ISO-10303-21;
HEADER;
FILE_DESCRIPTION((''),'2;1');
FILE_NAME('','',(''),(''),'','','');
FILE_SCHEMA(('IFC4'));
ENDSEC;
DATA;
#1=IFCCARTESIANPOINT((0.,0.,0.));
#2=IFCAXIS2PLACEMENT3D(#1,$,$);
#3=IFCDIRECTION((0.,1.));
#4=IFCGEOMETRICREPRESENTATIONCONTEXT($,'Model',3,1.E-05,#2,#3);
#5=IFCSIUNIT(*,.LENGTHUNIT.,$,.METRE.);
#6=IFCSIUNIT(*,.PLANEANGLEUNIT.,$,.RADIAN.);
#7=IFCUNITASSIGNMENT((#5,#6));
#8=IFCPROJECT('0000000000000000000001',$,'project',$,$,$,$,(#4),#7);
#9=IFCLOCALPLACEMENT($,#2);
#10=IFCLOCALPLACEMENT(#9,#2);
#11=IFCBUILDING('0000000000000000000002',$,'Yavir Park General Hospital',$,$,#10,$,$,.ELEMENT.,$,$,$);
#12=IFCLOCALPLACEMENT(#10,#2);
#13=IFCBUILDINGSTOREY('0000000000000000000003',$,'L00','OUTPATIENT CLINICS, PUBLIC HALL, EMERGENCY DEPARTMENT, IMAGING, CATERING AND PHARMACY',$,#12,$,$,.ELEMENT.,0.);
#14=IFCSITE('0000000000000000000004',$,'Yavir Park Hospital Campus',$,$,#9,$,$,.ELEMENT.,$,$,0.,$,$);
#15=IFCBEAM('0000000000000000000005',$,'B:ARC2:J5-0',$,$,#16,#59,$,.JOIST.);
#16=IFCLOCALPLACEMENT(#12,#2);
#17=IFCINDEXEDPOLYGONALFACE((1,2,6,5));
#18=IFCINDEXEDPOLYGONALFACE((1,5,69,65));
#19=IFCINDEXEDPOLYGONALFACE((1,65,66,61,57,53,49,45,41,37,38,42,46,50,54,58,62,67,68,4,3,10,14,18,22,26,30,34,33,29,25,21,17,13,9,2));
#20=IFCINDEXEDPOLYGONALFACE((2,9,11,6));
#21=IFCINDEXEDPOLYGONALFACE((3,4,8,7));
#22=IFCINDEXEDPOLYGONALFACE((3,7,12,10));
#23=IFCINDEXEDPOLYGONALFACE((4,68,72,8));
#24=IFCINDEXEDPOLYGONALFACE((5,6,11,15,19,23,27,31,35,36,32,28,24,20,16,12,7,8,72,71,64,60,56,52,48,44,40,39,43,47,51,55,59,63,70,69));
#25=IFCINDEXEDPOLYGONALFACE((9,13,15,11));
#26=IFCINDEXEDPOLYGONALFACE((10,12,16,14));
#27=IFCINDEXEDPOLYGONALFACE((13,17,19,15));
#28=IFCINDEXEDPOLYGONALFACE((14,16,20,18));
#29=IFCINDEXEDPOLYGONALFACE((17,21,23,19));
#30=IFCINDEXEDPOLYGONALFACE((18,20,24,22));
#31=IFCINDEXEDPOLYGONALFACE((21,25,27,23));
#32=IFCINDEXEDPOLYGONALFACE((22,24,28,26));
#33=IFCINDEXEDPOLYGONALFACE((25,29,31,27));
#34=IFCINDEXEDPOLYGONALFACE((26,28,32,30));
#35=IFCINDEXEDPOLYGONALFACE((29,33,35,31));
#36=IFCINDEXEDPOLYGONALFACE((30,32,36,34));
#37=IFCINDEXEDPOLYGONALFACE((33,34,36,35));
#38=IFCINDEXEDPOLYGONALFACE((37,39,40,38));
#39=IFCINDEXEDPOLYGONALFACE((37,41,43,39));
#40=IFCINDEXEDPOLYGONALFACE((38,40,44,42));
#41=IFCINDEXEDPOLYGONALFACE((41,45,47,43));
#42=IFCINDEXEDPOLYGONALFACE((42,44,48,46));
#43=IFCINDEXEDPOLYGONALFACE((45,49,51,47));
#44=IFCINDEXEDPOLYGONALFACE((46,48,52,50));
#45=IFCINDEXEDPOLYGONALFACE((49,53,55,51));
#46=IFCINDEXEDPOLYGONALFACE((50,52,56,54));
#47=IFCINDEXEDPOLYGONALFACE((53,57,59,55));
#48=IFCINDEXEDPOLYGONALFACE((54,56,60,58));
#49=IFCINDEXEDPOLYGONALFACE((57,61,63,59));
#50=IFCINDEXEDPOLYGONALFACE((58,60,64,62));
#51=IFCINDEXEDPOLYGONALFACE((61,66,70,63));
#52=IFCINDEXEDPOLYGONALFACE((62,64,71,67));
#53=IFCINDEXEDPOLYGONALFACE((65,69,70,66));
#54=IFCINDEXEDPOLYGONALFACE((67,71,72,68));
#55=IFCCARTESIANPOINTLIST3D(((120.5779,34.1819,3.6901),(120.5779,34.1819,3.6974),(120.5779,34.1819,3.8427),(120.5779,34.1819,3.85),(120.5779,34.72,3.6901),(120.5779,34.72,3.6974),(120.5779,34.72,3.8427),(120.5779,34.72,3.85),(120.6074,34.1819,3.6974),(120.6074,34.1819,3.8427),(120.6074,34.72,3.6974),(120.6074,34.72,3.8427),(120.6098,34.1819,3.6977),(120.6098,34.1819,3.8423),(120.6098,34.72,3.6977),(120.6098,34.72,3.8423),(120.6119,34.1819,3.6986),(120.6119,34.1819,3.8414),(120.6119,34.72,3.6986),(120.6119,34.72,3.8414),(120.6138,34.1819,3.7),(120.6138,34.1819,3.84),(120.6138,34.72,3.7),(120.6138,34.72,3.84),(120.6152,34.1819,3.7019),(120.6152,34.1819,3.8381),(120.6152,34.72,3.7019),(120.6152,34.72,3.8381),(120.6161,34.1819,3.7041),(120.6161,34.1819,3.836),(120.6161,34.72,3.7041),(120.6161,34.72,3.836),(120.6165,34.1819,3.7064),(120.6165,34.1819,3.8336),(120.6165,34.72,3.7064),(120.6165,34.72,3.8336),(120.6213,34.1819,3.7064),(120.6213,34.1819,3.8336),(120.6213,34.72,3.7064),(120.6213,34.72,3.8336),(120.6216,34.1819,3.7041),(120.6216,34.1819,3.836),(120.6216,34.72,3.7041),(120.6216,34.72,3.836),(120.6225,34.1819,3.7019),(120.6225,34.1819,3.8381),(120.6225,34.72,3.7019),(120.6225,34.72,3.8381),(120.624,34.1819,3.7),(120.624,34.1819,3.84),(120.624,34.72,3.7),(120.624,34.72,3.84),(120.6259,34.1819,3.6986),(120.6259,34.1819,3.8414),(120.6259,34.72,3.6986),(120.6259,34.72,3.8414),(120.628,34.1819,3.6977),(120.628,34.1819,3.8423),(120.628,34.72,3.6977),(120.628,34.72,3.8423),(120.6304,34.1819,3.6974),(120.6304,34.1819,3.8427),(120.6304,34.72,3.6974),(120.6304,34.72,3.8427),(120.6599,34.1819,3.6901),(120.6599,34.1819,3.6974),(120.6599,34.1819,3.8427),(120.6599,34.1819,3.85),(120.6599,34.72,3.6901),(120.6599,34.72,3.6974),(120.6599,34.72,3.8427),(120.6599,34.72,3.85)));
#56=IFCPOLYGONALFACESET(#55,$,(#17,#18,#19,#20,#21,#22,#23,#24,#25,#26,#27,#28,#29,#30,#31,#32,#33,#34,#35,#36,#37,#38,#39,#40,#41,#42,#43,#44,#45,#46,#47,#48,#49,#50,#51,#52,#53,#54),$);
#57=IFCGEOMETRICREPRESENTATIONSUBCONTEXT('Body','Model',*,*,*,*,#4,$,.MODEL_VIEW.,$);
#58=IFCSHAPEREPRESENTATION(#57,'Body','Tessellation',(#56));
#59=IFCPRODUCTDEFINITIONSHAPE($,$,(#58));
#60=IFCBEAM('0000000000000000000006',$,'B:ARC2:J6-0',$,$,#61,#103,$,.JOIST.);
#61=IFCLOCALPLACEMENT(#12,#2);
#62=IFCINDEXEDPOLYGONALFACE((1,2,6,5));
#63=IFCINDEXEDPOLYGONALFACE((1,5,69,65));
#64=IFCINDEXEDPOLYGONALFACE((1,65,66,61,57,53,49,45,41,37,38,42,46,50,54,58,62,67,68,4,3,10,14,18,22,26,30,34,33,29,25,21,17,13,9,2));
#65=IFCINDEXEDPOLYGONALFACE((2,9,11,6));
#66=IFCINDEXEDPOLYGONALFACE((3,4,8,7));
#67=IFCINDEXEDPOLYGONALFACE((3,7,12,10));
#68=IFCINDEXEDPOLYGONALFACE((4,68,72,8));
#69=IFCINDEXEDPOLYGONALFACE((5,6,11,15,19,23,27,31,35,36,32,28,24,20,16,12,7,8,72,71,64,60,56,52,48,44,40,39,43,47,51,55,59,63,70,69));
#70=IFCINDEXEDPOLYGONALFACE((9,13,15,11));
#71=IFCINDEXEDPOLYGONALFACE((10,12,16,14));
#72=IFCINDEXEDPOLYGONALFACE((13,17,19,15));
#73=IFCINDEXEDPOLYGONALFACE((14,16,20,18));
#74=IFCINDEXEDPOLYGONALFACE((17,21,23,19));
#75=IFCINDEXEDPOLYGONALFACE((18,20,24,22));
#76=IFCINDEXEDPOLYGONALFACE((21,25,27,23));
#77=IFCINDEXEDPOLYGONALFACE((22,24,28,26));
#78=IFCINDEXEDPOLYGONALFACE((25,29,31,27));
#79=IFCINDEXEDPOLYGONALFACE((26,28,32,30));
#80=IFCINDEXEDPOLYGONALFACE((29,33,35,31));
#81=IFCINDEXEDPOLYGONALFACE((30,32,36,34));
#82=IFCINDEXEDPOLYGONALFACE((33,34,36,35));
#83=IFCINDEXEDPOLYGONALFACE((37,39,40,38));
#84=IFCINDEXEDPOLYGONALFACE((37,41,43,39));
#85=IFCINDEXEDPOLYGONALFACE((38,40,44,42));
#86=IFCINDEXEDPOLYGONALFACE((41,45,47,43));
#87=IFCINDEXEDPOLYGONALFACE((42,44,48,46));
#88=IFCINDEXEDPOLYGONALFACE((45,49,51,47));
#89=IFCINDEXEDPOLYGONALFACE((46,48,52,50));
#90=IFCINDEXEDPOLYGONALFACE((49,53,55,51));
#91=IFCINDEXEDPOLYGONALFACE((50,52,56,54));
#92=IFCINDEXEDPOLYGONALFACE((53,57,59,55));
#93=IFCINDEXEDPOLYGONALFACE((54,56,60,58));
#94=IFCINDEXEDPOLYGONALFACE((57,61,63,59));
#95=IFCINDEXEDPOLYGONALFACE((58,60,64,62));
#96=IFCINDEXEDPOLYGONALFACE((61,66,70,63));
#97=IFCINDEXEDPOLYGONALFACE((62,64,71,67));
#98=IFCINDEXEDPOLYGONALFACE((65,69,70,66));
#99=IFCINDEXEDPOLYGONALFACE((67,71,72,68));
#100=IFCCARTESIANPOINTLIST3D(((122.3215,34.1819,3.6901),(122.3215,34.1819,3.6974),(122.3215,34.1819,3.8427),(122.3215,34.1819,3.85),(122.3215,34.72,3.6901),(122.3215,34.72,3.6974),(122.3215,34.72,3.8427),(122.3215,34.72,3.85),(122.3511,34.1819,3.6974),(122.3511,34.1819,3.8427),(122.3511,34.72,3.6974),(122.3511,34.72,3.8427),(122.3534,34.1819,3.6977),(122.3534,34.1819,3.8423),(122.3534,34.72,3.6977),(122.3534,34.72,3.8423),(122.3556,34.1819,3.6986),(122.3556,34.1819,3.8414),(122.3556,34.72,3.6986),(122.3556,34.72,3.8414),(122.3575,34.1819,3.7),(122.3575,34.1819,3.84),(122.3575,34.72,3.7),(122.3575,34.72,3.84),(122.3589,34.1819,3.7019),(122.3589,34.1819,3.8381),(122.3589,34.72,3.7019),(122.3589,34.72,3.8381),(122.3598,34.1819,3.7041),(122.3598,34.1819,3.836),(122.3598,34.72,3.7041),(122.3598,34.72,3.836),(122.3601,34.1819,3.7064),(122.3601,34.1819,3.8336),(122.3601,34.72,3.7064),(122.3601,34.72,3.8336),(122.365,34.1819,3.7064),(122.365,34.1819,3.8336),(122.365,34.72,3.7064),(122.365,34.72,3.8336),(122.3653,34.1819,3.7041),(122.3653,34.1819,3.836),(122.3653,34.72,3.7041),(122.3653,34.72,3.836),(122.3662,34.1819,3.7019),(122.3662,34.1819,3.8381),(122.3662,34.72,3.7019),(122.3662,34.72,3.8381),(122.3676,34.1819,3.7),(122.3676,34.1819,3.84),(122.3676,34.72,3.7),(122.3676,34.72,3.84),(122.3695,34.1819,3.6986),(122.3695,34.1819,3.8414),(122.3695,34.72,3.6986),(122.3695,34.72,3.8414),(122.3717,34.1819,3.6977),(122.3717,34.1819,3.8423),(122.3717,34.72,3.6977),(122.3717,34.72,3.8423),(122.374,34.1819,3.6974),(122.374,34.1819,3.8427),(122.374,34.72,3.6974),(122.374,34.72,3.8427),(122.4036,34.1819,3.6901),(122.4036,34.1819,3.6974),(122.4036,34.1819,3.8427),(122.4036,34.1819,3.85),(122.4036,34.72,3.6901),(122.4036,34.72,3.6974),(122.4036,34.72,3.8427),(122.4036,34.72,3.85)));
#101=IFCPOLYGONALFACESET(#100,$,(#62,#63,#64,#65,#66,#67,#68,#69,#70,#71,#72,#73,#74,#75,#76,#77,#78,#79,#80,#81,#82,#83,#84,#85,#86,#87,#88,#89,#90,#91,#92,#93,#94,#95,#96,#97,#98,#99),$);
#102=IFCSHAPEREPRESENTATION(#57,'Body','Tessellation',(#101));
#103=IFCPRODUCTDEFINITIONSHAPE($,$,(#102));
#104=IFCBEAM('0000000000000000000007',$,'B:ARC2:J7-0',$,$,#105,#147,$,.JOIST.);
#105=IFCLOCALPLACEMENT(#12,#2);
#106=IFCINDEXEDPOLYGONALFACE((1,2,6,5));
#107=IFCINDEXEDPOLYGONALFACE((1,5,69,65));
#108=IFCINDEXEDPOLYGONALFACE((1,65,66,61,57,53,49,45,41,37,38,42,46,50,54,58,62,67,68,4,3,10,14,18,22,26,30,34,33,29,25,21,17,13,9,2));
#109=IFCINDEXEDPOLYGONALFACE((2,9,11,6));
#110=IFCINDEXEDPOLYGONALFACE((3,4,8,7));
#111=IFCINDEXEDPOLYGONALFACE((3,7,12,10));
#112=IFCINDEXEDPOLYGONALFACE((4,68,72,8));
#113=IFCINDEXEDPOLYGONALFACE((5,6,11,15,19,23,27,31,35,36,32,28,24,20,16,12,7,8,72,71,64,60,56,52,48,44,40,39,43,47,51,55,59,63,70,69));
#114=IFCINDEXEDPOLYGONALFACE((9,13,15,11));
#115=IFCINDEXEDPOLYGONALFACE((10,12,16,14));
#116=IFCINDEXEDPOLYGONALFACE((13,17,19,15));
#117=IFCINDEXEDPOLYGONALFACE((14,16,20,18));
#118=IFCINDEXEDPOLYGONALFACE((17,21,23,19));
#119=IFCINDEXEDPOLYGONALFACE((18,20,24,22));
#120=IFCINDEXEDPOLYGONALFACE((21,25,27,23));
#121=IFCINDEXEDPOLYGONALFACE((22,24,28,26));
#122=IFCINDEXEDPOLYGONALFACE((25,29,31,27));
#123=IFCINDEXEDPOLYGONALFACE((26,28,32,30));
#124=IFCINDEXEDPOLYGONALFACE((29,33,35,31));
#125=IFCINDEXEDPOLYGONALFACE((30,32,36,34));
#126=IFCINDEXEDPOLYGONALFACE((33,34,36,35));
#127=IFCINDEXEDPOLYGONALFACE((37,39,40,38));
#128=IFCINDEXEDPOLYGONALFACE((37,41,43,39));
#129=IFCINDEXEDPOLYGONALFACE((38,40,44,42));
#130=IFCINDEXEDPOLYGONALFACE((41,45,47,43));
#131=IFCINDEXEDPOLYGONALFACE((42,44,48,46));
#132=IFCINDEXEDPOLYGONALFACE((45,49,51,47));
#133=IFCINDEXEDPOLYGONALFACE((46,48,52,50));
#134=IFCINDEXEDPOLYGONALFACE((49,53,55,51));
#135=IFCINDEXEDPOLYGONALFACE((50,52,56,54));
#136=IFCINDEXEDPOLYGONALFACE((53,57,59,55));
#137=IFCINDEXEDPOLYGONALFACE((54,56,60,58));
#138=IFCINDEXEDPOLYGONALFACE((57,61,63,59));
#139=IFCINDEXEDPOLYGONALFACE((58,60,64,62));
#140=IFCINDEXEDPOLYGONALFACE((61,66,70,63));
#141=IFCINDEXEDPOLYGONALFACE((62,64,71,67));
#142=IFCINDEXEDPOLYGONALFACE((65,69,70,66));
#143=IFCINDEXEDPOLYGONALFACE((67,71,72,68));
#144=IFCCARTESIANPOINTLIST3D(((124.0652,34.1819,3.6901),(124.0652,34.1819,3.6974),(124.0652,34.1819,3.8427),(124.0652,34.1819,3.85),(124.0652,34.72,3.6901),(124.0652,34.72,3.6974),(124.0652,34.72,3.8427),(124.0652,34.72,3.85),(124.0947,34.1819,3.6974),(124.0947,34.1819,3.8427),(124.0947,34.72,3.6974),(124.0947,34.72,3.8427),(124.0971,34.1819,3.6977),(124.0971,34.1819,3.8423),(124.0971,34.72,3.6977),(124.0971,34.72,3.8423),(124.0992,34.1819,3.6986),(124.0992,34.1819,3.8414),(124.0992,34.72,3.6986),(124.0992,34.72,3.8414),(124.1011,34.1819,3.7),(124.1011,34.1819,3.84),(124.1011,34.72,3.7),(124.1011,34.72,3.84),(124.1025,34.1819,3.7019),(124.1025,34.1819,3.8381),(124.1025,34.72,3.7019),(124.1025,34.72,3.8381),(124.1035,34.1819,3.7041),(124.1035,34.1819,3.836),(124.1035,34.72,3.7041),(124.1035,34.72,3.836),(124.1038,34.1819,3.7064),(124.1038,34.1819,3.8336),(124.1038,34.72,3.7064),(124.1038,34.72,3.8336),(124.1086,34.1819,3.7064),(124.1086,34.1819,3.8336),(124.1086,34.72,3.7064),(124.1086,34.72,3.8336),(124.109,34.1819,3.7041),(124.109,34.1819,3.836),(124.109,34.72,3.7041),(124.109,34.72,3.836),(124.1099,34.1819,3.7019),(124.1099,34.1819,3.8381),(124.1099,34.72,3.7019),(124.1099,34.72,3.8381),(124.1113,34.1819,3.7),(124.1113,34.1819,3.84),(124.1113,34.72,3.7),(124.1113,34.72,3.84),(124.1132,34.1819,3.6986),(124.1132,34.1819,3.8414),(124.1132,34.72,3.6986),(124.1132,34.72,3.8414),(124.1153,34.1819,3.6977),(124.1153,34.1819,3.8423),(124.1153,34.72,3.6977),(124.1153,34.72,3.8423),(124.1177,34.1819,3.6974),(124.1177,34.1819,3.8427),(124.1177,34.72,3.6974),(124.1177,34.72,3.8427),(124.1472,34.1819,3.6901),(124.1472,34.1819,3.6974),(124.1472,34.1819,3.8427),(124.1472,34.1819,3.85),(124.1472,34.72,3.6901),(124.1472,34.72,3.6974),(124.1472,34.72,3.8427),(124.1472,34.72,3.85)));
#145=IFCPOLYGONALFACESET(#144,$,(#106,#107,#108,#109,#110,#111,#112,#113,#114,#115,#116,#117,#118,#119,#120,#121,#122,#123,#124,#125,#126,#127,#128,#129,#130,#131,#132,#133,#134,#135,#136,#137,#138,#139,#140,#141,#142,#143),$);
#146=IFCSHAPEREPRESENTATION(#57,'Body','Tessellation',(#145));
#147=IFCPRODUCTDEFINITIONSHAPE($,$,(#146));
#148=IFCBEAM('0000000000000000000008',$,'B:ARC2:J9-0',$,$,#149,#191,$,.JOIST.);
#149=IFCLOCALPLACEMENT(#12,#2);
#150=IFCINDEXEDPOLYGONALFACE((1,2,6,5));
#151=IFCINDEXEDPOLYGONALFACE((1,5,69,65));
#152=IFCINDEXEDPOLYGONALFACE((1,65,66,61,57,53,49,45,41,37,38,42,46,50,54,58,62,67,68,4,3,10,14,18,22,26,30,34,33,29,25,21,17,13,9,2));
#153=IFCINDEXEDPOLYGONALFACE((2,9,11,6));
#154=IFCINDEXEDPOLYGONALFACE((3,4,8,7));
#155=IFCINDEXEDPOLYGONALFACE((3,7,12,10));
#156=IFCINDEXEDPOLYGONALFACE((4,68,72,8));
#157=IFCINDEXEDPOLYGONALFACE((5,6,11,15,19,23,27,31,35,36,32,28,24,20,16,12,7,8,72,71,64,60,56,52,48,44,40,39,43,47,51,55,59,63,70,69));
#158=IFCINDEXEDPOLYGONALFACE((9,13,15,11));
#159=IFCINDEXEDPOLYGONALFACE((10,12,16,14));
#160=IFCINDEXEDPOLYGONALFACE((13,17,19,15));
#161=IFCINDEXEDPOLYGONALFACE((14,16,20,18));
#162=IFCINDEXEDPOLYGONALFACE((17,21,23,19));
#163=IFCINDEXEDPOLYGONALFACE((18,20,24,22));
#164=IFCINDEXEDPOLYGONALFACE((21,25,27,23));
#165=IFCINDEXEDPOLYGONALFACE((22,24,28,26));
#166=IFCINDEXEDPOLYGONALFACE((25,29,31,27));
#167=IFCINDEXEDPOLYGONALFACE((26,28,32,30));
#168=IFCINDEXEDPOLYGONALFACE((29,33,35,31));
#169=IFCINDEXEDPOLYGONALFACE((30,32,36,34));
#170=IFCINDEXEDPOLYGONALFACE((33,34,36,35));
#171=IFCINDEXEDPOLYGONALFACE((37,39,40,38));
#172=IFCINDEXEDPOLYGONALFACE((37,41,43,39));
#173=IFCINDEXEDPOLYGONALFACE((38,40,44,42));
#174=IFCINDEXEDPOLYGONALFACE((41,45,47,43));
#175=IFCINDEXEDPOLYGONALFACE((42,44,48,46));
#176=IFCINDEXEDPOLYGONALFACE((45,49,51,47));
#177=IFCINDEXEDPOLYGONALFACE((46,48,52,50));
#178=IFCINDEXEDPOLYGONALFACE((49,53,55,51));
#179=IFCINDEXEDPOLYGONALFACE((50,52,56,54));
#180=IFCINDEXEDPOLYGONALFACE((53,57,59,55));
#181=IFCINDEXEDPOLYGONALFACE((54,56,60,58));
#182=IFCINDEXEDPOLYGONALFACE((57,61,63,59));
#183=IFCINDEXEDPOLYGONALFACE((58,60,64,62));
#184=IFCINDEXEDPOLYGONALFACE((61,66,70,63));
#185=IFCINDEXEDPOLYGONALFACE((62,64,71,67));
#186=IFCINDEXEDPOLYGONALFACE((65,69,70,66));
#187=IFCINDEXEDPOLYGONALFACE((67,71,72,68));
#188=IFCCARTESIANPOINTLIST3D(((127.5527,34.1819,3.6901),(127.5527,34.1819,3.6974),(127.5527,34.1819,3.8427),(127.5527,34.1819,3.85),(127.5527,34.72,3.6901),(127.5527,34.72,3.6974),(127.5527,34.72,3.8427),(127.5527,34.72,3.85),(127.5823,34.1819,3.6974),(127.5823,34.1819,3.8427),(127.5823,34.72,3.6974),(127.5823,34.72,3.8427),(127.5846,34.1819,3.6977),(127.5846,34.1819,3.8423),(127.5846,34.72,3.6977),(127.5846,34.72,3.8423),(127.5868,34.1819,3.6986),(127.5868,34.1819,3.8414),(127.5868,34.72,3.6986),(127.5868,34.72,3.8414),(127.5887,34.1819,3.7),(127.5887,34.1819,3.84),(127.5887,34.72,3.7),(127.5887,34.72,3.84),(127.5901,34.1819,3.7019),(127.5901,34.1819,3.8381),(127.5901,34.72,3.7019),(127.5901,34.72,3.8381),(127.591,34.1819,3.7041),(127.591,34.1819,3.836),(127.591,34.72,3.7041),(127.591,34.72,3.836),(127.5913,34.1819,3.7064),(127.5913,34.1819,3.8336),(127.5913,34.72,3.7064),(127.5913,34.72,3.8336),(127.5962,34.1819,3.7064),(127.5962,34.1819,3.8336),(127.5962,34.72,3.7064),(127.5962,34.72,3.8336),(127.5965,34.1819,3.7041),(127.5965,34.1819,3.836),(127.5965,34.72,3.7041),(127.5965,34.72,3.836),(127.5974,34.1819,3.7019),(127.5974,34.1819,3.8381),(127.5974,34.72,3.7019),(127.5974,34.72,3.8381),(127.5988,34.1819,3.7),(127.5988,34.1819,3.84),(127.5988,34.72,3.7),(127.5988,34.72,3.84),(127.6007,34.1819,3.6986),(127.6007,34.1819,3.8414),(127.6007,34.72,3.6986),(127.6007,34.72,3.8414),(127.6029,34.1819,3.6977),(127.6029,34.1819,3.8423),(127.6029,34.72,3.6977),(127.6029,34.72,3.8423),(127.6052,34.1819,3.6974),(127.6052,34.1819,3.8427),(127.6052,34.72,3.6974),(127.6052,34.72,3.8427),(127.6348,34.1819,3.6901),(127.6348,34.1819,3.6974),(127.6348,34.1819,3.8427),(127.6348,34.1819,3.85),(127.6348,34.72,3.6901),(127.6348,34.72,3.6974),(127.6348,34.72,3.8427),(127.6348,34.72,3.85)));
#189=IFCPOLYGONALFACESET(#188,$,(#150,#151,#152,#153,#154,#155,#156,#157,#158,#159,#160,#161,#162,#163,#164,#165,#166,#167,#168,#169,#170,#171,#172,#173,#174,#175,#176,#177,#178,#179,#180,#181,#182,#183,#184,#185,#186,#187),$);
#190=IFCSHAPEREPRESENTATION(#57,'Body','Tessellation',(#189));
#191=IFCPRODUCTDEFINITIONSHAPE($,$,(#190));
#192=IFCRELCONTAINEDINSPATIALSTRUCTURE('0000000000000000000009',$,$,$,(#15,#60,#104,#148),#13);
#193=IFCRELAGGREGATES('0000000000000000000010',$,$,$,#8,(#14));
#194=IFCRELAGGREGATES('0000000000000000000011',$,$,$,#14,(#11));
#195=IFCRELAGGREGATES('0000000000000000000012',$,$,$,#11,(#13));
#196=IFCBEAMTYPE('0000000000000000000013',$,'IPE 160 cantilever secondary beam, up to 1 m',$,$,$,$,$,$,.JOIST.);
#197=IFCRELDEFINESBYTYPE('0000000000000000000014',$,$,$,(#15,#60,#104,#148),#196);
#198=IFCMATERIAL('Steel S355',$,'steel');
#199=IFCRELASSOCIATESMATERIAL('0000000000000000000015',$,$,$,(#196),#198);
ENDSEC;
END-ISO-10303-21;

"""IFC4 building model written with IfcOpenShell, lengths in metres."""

from ifc_helpers import new_model, si_unit, direction, frame, origin, origin_2d, place, context, subcontext, project, spatial, i_section, extrude, material, material_profile, profile_set, type_object, element, save


model = new_model("IFC4")

# Units and contexts
model_context = context("Model", 3, precision=1e-05, world=origin(), true_north=direction((0.0, 1.0)))
body_context = subcontext(model_context, "Body", "Model", "MODEL_VIEW")
ifc_project = project(units=[si_unit("LENGTHUNIT", "METRE"), si_unit("PLANEANGLEUNIT", "RADIAN")], contexts=[model_context])

# Site, building, storey
site_placement = place(None, origin())
site = spatial("IfcSite", under=ifc_project, at=site_placement, Name="Yavir Park Hospital Campus", CompositionType="ELEMENT", RefElevation=0.0)
building_placement = place(site_placement, origin())
building = spatial("IfcBuilding", under=site, at=building_placement, Name="Yavir Park General Hospital", CompositionType="ELEMENT")
storey_placement = place(building_placement, origin())
storey = spatial("IfcBuildingStorey", under=building, at=storey_placement, Name="L00", Description="OUTPATIENT CLINICS, PUBLIC HALL, EMERGENCY DEPARTMENT, IMAGING, CATERING AND PHARMACY", CompositionType="ELEMENT", Elevation=0.0)

# Beams
ifc_material_1 = material(Name="Steel S355", Category="steel")
ifc_material_profile_1 = material_profile(ifc_material_1, i_section(OverallWidth=0.082, OverallDepth=0.1599, WebThickness=0.0049, FlangeThickness=0.0073, FilletRadius=0.009, at=origin_2d()), Name="IPE160")
ifc_profile_set_1 = profile_set([ifc_material_profile_1], Name="Steel S355")
beam_type_1 = type_object("IfcBeamType", Name="IPE 160 cantilever secondary beam, up to 1 m", PredefinedType="JOIST", material=ifc_profile_set_1)
for number, where, z_axis, x_axis, name in (
    (1, (120.6189, 34.1819, 3.77), (0.0, 1.0, 0.0), (-1.0, 0.0, 0.0), "B:ARC2:J5-0"),
    (2, (122.3625, 34.1819, 3.77), (0.0, 1.0, 0.0), (-1.0, 0.0, 0.0), "B:ARC2:J6-0"),
    (3, (124.1062, 34.1819, 3.77), (0.0, 1.0, 0.0), (-1.0, 0.0, 0.0), "B:ARC2:J7-0"),
    (4, (127.5938, 34.1819, 3.77), (0.0, 1.0, 0.0), (-1.0, 0.0, 0.0), "B:ARC2:J9-0"),
):
    element("IfcBeam", number, at=place(storey_placement, frame(where, z_axis=z_axis, x_axis=x_axis)), inside=storey, type_object=beam_type_1, Name=name, PredefinedType="JOIST", context=body_context, shape_type="SweptSolid", body=[
        extrude(i_section(OverallWidth=0.082, OverallDepth=0.1599, WebThickness=0.0049, FlangeThickness=0.0073, FilletRadius=0.009, at=origin_2d()), origin(), (0.0, 0.0, 1.0), 0.5381),
    ])

save(model, "model.ifc")
